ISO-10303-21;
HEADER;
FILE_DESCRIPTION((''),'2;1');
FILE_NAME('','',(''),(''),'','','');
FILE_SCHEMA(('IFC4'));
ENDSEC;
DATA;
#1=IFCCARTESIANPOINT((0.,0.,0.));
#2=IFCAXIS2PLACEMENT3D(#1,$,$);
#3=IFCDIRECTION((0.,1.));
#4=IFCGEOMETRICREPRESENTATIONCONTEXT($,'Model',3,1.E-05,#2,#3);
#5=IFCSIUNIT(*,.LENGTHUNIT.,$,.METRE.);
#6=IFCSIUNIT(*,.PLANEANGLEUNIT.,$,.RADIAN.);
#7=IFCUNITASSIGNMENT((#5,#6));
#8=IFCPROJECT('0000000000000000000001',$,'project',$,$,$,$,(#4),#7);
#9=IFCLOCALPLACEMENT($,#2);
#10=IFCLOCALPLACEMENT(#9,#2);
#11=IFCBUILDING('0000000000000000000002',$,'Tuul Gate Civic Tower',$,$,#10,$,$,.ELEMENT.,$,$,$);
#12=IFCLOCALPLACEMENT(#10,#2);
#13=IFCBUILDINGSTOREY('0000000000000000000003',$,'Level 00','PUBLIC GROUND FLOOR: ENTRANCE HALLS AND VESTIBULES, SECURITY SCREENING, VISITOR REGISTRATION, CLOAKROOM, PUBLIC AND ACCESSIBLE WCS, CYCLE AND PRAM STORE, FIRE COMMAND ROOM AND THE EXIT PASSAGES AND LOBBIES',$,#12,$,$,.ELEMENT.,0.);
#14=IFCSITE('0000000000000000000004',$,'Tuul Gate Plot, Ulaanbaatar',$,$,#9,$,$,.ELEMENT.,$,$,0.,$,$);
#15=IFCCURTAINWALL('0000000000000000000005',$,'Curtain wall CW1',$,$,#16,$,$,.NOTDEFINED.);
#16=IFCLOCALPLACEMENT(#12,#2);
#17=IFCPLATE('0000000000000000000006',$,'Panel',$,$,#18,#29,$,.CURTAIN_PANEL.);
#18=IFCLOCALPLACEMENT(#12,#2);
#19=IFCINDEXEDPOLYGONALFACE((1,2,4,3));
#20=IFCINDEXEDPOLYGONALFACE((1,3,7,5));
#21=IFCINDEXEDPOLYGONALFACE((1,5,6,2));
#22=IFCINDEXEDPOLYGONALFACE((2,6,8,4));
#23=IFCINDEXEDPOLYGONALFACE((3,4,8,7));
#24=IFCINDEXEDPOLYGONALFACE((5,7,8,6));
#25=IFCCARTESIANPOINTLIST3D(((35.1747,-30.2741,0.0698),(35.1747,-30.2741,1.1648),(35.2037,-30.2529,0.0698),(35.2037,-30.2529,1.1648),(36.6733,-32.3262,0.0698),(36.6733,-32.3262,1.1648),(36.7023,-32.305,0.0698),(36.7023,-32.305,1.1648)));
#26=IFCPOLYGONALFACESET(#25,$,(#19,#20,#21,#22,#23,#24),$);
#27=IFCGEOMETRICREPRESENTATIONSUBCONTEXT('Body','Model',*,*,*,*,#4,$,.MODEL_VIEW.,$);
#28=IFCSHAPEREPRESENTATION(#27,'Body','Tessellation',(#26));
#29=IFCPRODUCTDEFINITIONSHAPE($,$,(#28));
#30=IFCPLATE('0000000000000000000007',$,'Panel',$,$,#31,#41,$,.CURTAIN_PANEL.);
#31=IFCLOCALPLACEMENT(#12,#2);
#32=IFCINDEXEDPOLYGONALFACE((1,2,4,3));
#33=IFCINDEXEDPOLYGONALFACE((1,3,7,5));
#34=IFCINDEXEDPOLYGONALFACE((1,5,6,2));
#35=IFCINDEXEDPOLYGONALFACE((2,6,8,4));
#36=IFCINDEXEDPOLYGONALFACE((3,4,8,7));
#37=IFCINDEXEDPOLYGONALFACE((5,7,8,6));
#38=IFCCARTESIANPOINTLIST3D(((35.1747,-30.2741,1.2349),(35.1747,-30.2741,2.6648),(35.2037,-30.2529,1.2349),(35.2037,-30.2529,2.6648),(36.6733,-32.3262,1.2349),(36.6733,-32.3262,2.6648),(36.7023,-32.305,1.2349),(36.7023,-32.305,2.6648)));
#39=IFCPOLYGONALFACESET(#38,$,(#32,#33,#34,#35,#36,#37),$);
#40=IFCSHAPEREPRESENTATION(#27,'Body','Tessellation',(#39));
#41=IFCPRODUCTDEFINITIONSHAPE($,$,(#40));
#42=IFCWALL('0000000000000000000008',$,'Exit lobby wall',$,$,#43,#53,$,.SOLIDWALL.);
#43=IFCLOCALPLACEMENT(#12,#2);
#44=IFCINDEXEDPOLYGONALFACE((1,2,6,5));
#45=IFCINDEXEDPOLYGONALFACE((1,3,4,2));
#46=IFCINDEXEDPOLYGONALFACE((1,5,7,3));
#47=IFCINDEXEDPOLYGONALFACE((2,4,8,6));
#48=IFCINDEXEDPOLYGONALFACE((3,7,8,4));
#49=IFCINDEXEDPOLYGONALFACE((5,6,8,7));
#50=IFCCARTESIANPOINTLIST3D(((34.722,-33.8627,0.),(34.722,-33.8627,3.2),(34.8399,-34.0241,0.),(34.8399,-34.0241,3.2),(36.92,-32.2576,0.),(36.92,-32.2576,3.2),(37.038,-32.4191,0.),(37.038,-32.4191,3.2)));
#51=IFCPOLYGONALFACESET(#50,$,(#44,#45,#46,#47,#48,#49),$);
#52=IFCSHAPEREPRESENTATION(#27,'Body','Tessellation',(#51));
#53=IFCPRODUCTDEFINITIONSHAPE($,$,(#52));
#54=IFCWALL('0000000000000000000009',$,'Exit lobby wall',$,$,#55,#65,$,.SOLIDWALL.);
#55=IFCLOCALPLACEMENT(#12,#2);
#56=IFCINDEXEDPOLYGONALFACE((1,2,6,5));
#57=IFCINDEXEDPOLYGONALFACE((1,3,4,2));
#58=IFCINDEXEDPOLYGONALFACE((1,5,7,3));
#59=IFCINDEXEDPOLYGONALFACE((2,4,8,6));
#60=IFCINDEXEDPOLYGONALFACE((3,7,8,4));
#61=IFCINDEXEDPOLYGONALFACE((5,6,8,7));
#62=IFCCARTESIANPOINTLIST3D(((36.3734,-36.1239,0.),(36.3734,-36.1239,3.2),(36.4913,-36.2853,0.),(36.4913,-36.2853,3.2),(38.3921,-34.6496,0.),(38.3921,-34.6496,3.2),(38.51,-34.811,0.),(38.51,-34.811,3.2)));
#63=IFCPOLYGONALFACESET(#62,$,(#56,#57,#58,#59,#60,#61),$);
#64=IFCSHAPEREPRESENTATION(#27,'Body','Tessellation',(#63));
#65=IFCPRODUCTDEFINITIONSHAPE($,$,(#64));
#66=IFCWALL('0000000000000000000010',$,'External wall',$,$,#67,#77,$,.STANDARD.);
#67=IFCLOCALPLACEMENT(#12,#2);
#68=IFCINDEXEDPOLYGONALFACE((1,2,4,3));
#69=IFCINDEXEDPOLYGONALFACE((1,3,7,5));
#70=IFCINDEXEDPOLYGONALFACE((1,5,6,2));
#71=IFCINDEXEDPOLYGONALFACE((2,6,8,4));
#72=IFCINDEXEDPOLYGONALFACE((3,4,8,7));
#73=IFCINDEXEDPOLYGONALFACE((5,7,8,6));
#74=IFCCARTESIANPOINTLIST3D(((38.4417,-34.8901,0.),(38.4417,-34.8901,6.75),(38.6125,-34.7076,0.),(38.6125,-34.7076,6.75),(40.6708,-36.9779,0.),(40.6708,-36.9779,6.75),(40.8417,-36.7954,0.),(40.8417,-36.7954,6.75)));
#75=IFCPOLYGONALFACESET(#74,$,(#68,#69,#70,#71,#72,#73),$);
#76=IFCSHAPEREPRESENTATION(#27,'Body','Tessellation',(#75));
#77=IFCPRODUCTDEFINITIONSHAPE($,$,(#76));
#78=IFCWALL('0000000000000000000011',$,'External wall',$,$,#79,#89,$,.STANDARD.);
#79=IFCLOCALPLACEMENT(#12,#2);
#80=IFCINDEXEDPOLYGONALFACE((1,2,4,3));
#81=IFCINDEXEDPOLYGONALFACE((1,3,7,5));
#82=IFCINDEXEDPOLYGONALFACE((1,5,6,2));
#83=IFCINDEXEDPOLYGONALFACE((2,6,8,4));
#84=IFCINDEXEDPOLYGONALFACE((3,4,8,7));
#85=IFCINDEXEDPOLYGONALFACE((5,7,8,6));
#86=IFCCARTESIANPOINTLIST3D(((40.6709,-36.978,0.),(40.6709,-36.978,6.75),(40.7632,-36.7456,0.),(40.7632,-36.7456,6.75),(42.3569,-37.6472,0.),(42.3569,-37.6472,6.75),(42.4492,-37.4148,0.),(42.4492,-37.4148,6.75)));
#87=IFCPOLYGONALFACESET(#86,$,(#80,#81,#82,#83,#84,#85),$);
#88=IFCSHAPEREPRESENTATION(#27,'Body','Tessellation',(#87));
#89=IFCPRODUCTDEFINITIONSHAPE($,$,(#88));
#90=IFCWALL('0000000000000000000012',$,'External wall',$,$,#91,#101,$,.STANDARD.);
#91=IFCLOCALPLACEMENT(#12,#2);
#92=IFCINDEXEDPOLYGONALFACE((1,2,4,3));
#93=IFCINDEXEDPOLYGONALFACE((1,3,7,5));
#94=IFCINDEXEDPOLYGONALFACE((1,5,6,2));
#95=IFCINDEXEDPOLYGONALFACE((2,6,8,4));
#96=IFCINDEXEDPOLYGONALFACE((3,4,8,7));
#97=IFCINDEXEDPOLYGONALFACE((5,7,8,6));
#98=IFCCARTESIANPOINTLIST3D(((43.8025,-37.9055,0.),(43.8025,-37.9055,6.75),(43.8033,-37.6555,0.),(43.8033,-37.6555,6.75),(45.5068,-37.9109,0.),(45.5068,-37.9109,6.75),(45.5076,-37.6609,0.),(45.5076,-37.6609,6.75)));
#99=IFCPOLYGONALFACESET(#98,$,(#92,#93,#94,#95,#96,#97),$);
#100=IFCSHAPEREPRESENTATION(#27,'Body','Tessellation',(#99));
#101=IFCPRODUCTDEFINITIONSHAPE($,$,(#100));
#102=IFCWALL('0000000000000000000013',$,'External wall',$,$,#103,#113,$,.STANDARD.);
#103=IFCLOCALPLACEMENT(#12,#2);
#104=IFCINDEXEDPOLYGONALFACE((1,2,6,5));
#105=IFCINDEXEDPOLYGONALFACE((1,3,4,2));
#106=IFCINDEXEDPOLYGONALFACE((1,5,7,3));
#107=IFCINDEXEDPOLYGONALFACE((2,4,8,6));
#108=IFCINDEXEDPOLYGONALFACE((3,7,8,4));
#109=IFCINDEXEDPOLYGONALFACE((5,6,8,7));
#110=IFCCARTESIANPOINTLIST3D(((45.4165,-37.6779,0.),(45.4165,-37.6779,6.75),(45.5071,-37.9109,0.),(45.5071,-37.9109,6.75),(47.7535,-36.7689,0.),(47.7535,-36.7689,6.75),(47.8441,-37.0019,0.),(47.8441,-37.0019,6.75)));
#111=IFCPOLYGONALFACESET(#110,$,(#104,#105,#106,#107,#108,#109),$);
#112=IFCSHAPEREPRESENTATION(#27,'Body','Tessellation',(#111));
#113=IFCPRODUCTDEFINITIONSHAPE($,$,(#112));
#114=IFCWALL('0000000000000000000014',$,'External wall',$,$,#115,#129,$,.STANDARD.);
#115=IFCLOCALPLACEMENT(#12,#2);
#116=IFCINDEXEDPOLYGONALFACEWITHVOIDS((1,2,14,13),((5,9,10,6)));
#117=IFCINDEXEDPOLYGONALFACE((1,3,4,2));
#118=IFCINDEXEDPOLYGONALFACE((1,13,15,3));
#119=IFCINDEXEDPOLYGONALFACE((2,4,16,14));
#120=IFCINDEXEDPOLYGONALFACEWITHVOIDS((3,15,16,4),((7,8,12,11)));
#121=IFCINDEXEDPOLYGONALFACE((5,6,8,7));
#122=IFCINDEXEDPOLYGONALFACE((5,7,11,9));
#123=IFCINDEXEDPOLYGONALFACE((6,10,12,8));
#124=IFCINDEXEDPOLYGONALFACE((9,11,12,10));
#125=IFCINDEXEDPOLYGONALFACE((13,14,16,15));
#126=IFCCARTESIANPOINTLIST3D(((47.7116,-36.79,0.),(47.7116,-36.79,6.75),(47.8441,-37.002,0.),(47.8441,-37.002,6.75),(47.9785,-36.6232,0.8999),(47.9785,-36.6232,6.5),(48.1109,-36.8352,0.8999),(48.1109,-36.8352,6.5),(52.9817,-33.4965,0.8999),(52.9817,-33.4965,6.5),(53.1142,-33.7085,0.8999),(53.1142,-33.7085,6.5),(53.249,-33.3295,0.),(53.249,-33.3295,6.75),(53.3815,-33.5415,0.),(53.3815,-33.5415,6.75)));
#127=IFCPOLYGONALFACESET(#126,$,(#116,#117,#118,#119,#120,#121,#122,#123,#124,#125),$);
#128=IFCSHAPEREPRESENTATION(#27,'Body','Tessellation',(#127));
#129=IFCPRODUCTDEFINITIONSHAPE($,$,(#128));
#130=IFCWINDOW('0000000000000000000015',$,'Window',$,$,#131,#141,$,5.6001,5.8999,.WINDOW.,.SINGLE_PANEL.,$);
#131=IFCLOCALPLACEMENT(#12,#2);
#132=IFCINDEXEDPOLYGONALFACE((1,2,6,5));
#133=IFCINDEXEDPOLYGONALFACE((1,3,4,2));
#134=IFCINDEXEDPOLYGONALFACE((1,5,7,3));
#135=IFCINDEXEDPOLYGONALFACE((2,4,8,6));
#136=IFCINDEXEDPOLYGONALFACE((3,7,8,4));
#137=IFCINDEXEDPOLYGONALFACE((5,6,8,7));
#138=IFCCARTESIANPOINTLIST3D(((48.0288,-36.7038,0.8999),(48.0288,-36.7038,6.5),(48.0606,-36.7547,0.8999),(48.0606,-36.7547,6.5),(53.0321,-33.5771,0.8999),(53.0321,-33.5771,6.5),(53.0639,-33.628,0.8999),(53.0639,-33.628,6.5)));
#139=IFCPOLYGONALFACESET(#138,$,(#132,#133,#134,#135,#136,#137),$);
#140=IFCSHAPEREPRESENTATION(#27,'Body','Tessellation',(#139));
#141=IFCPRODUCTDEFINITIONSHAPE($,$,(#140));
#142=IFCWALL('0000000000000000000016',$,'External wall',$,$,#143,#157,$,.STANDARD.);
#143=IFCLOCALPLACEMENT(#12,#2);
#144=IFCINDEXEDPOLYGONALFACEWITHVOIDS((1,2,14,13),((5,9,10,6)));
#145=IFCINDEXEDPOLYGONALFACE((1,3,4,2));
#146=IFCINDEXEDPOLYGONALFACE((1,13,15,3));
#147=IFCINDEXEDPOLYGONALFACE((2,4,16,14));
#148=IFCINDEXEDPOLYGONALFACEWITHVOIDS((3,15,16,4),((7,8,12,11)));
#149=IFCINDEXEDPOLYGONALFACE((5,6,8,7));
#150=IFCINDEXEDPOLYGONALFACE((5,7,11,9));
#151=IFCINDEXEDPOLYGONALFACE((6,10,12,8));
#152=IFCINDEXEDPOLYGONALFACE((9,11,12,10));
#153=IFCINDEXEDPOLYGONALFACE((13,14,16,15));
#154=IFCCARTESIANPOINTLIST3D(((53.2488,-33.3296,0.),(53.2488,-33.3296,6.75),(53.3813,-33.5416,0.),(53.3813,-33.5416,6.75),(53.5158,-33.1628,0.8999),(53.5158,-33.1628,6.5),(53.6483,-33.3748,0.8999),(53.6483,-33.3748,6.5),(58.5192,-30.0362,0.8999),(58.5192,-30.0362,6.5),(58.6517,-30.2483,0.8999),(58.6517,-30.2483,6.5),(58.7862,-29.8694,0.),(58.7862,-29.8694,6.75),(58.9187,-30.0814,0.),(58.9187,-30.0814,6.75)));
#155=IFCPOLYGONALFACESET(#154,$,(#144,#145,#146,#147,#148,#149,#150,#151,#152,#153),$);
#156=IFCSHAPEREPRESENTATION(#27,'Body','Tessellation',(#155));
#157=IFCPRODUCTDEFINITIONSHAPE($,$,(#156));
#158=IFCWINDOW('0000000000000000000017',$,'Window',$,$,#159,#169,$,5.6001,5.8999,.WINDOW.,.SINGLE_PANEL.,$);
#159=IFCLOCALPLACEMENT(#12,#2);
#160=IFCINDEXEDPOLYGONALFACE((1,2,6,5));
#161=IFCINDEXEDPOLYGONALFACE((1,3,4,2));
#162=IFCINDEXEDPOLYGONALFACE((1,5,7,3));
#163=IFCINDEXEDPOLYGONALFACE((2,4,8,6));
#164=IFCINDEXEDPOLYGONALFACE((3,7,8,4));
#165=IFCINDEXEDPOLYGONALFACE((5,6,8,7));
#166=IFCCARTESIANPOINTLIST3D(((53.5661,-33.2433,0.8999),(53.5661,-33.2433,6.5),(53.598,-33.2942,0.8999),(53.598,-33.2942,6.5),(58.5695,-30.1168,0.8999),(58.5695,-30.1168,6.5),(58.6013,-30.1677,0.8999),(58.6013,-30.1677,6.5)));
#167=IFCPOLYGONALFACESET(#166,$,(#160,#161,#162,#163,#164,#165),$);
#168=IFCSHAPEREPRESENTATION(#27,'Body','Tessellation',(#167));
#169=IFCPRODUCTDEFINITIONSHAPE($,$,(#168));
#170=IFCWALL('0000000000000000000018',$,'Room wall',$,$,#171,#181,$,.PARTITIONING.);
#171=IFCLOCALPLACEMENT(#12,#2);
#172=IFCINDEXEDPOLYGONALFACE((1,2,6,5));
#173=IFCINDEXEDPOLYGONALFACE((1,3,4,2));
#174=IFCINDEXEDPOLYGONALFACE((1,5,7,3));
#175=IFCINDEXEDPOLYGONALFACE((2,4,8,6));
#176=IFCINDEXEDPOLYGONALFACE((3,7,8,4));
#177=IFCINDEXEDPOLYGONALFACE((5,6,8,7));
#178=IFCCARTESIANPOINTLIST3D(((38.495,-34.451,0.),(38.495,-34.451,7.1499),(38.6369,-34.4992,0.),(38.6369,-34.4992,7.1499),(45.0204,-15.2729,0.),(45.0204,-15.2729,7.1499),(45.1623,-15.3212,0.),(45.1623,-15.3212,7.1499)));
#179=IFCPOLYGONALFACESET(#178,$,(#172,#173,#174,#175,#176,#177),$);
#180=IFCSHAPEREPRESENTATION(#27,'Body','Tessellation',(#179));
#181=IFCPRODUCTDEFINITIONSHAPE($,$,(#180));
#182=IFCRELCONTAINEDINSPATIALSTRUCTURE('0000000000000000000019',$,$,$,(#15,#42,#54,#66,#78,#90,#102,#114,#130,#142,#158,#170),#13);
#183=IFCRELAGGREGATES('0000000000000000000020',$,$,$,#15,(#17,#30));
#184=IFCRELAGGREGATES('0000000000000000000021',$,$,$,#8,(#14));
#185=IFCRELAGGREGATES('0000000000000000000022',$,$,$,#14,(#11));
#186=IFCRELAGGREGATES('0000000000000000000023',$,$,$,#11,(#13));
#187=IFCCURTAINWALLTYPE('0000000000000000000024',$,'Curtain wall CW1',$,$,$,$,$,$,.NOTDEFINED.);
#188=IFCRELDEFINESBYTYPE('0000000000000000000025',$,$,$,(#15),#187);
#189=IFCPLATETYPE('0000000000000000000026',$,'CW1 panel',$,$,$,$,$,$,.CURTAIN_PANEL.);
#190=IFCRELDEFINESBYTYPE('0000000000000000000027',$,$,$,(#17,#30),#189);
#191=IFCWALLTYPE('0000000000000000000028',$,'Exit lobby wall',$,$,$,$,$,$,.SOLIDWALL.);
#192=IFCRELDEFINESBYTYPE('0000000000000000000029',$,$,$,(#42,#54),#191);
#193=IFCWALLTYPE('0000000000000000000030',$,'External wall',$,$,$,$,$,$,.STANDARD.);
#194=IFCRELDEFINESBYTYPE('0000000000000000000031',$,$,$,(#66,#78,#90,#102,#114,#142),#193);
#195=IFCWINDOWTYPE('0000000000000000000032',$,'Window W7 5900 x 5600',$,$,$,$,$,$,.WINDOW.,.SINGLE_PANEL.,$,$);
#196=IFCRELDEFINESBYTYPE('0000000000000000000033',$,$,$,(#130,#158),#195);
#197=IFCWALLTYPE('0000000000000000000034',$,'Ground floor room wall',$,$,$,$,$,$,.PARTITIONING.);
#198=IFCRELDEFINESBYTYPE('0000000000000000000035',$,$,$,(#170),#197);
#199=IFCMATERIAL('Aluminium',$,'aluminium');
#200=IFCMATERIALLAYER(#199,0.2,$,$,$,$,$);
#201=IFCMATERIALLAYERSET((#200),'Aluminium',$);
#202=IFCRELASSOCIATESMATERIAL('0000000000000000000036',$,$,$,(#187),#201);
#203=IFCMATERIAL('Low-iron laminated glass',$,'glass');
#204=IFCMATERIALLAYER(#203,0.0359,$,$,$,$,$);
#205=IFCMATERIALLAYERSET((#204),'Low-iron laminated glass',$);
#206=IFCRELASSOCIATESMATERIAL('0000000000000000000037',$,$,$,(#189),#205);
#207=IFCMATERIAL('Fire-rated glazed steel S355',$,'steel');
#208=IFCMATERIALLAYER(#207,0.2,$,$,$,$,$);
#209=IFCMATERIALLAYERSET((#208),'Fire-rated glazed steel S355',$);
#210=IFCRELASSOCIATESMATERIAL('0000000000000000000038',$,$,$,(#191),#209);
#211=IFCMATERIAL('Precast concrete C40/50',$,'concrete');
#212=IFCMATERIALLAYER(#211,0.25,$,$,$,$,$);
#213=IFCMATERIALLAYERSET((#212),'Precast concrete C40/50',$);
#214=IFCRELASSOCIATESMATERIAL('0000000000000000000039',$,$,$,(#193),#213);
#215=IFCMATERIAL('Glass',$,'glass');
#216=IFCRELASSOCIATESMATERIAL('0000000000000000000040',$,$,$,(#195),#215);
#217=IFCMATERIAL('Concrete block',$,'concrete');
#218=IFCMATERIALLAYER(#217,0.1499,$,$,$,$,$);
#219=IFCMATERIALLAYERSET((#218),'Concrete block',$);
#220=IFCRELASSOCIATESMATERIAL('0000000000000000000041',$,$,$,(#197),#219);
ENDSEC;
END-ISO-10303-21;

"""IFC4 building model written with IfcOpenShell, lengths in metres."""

from ifc_helpers import new_model, si_unit, direction, frame, frame_2d, origin, origin_2d, place, context, subcontext, project, spatial, rectangle, extrude, material, layer, layer_set, type_object, element, fill, aggregate, save


model = new_model("IFC4")

# Units and contexts
model_context = context("Model", 3, precision=1e-05, world=origin(), true_north=direction((0.0, 1.0)))
body_context = subcontext(model_context, "Body", "Model", "MODEL_VIEW")
ifc_project = project(units=[si_unit("LENGTHUNIT", "METRE"), si_unit("PLANEANGLEUNIT", "RADIAN")], contexts=[model_context])

# Site, building, storey
site_placement = place(None, origin())
site = spatial("IfcSite", under=ifc_project, at=site_placement, Name="Tuul Gate Plot, Ulaanbaatar", CompositionType="ELEMENT", RefElevation=0.0)
building_placement = place(site_placement, origin())
building = spatial("IfcBuilding", under=site, at=building_placement, Name="Tuul Gate Civic Tower", CompositionType="ELEMENT")
storey_placement = place(building_placement, origin())
storey = spatial("IfcBuildingStorey", under=building, at=storey_placement, Name="Level 00", Description="PUBLIC GROUND FLOOR: ENTRANCE HALLS AND VESTIBULES, SECURITY SCREENING, VISITOR REGISTRATION, CLOAKROOM, PUBLIC AND ACCESSIBLE WCS, CYCLE AND PRAM STORE, FIRE COMMAND ROOM AND THE EXIT PASSAGES AND LOBBIES", CompositionType="ELEMENT", Elevation=0.0)

# Curtain wall
ifc_material_1 = material(Name="Aluminium", Category="aluminium")
ifc_layer_1 = layer(ifc_material_1, 0.2)
ifc_layer_set_1 = layer_set([ifc_layer_1], Name="Aluminium")
curtain_wall_type = type_object("IfcCurtainWallType", Name="Curtain wall CW1", PredefinedType="NOTDEFINED", material=ifc_layer_set_1)
curtain_wall_placement = place(storey_placement, origin())
curtain_wall = element("IfcCurtainWall", 1, at=curtain_wall_placement, inside=storey, type_object=curtain_wall_type, Name="Curtain wall CW1", PredefinedType="NOTDEFINED")

# Plates
ifc_material_2 = material(Name="Low-iron laminated glass", Category="glass")
ifc_layer_2 = layer(ifc_material_2, 0.0359)
ifc_layer_set_2 = layer_set([ifc_layer_2], Name="Low-iron laminated glass")
plate_type = type_object("IfcPlateType", Name="CW1 panel", PredefinedType="CURTAIN_PANEL", material=ifc_layer_set_2)
plate_1_placement = place(storey_placement, frame((35.9385, -31.2896, 0.0698), z_axis=(0.0, 0.0, 1.0), x_axis=(0.589756, -0.807581, 0.0)))
plate_1 = element("IfcPlate", 2, at=plate_1_placement, type_object=plate_type, Name="Panel", PredefinedType="CURTAIN_PANEL", context=body_context, shape_type="SweptSolid", body=[
    extrude(rectangle(XDim=2.541, YDim=0.0359, at=origin_2d()), origin(), (0.0, 0.0, 1.0), 1.095),
])
plate_2_placement = place(storey_placement, frame((35.9385, -31.2896, 1.2349), z_axis=(0.0, 0.0, 1.0), x_axis=(0.589756, -0.807581, 0.0)))
plate_2 = element("IfcPlate", 3, at=plate_2_placement, type_object=plate_type, Name="Panel", PredefinedType="CURTAIN_PANEL", context=body_context, shape_type="SweptSolid", body=[
    extrude(rectangle(XDim=2.541, YDim=0.0359, at=origin_2d()), origin(), (0.0, 0.0, 1.0), 1.4299),
])
aggregate(curtain_wall, [plate_1, plate_2])

# Walls
ifc_material_3 = material(Name="Fire-rated glazed steel S355", Category="steel")
ifc_layer_3 = layer(ifc_material_3, 0.2)
ifc_layer_set_3 = layer_set([ifc_layer_3], Name="Fire-rated glazed steel S355")
wall_type_1 = type_object("IfcWallType", Name="Exit lobby wall", PredefinedType="SOLIDWALL", material=ifc_layer_set_3)
wall_1_placement = place(storey_placement, frame((36.979, -32.3384, 0.0), z_axis=(0.0, 0.0, 1.0), x_axis=(-0.80761, -0.589717, 0.0)))
element("IfcWall", 4, at=wall_1_placement, inside=storey, type_object=wall_type_1, Name="Exit lobby wall", PredefinedType="SOLIDWALL", context=body_context, shape_type="SweptSolid", body=[
    extrude(rectangle(XDim=2.7217, YDim=0.2, at=frame_2d((1.3608, 0.0))), origin(), (0.0, 0.0, 1.0), 3.2),
])
wall_2_placement = place(storey_placement, frame((38.4512, -34.7302, 0.0), z_axis=(0.0, 0.0, 1.0), x_axis=(-0.807565, -0.589779, 0.0)))
element("IfcWall", 5, at=wall_2_placement, inside=storey, type_object=wall_type_1, Name="Exit lobby wall", PredefinedType="SOLIDWALL", context=body_context, shape_type="SweptSolid", body=[
    extrude(rectangle(XDim=2.4998, YDim=0.2, at=frame_2d((1.25, 0.0))), origin(), (0.0, 0.0, 1.0), 3.2),
])

# Walls
ifc_material_4 = material(Name="Precast concrete C40/50", Category="concrete")
ifc_layer_4 = layer(ifc_material_4, 0.25)
ifc_layer_set_4 = layer_set([ifc_layer_4], Name="Precast concrete C40/50")
wall_type_2 = type_object("IfcWallType", Name="External wall", PredefinedType="STANDARD", material=ifc_layer_set_4)
wall_3_placement = place(storey_placement, frame((38.5271, -34.7988, 0.0), z_axis=(0.0, 0.0, 1.0), x_axis=(0.729869, -0.683587, 0.0)))
element("IfcWall", 6, at=wall_3_placement, inside=storey, type_object=wall_type_2, Name="External wall", PredefinedType="STANDARD", context=body_context, shape_type="SweptSolid", body=[
    extrude(rectangle(XDim=3.0542, YDim=0.25, at=frame_2d((1.5271, 0.0))), origin(), (0.0, 0.0, 1.0), 6.75),
])
wall_4_placement = place(storey_placement, frame((40.717, -36.8618, 0.0), z_axis=(0.0, 0.0, 1.0), x_axis=(0.929467, -0.368906, 0.0)))
element("IfcWall", 7, at=wall_4_placement, inside=storey, type_object=wall_type_2, Name="External wall", PredefinedType="STANDARD", context=body_context, shape_type="SweptSolid", body=[
    extrude(rectangle(XDim=1.814, YDim=0.25, at=frame_2d((0.907, 0.0))), origin(), (0.0, 0.0, 1.0), 6.75),
])
wall_5_placement = place(storey_placement, frame((43.803, -37.7805, 0.0), z_axis=(0.0, 0.0, 1.0), x_axis=(0.999995, -0.003151, 0.0)))
element("IfcWall", 8, at=wall_5_placement, inside=storey, type_object=wall_type_2, Name="External wall", PredefinedType="STANDARD", context=body_context, shape_type="SweptSolid", body=[
    extrude(rectangle(XDim=1.7043, YDim=0.25, at=frame_2d((0.8521, 0.0))), origin(), (0.0, 0.0, 1.0), 6.75),
])
wall_6_placement = place(storey_placement, frame((45.4617, -37.7944, 0.0), z_axis=(0.0, 0.0, 1.0), x_axis=(0.931986, 0.362493, 0.0)))
element("IfcWall", 9, at=wall_6_placement, inside=storey, type_object=wall_type_2, Name="External wall", PredefinedType="STANDARD", context=body_context, shape_type="SweptSolid", body=[
    extrude(rectangle(XDim=2.5076, YDim=0.25, at=frame_2d((1.2539, 0.0))), origin(), (0.0, 0.0, 1.0), 6.75),
])

# Walls, openings, windows
wall_7_placement = place(storey_placement, frame((47.7778, -36.896, 0.0), z_axis=(0.0, 0.0, 1.0), x_axis=(0.848026, 0.529955, 0.0)))
wall_7 = element("IfcWall", 10, at=wall_7_placement, inside=storey, type_object=wall_type_2, Name="External wall", PredefinedType="STANDARD", context=body_context, shape_type="SweptSolid", body=[
    extrude(rectangle(XDim=6.5298, YDim=0.25, at=frame_2d((3.2649, 0.0))), origin(), (0.0, 0.0, 1.0), 6.75),
])
opening_1_placement = place(wall_7_placement, frame((0.3147, 0.0, 0.8999)))
opening_1 = element("IfcOpeningElement", 11, at=opening_1_placement, cuts=wall_7, PredefinedType="OPENING", context=body_context, shape_type="SweptSolid", body=[
    extrude(rectangle(XDim=5.8999, YDim=5.6001, at=frame_2d((2.95, 2.8))), frame((0.0, 0.135, 0.0), z_axis=(0.0, -1.0, 0.0), x_axis=(1.0, 0.0, 0.0)), (0.0, 0.0, 1.0), 0.27),
])
ifc_material_5 = material(Name="Glass", Category="glass")
window_type = type_object("IfcWindowType", Name="Window W7 5900 x 5600", PartitioningType="SINGLE_PANEL", PredefinedType="WINDOW", material=ifc_material_5)
window_1_placement = place(opening_1_placement, origin())
window_1 = element("IfcWindow", 12, at=window_1_placement, inside=storey, type_object=window_type, Name="Window", OverallHeight=5.6001, OverallWidth=5.8999, PartitioningType="SINGLE_PANEL", PredefinedType="WINDOW", context=body_context, shape_type="SweptSolid", body=[
    extrude(rectangle(XDim=5.8999, YDim=5.6001, at=frame_2d((2.95, 2.8))), frame((0.0, 0.03, 0.0), z_axis=(0.0, -1.0, 0.0), x_axis=(1.0, 0.0, 0.0)), (0.0, 0.0, 1.0), 0.0601),
])
fill(opening_1, window_1)
wall_8_placement = place(storey_placement, frame((53.3152, -33.4355, 0.0), z_axis=(0.0, 0.0, 1.0), x_axis=(0.848042, 0.529928, 0.0)))
wall_8 = element("IfcWall", 13, at=wall_8_placement, inside=storey, type_object=wall_type_2, Name="External wall", PredefinedType="STANDARD", context=body_context, shape_type="SweptSolid", body=[
    extrude(rectangle(XDim=6.5295, YDim=0.25, at=frame_2d((3.2646, 0.0))), origin(), (0.0, 0.0, 1.0), 6.75),
])
opening_2_placement = place(wall_8_placement, frame((0.3147, 0.0, 0.8999)))
opening_2 = element("IfcOpeningElement", 14, at=opening_2_placement, cuts=wall_8, PredefinedType="OPENING", context=body_context, shape_type="SweptSolid", body=[
    extrude(rectangle(XDim=5.8999, YDim=5.6001, at=frame_2d((2.95, 2.8))), frame((0.0, 0.135, 0.0), z_axis=(0.0, -1.0, 0.0), x_axis=(1.0, 0.0, 0.0)), (0.0, 0.0, 1.0), 0.27),
])
window_2_placement = place(opening_2_placement, origin())
window_2 = element("IfcWindow", 15, at=window_2_placement, inside=storey, type_object=window_type, Name="Window", OverallHeight=5.6001, OverallWidth=5.8999, PartitioningType="SINGLE_PANEL", PredefinedType="WINDOW", context=body_context, shape_type="SweptSolid", body=[
    extrude(rectangle(XDim=5.8999, YDim=5.6001, at=frame_2d((2.95, 2.8))), frame((0.0, 0.03, 0.0), z_axis=(0.0, -1.0, 0.0), x_axis=(1.0, 0.0, 0.0)), (0.0, 0.0, 1.0), 0.0601),
])
fill(opening_2, window_2)

# Wall
ifc_material_6 = material(Name="Concrete block", Category="concrete")
ifc_layer_5 = layer(ifc_material_6, 0.1499)
ifc_layer_set_5 = layer_set([ifc_layer_5], Name="Concrete block")
wall_type_3 = type_object("IfcWallType", Name="Ground floor room wall", PredefinedType="PARTITIONING", material=ifc_layer_set_5)
wall_9_placement = place(storey_placement, frame((38.5659, -34.4751, 0.0), z_axis=(0.0, 0.0, 1.0), x_axis=(0.322119, 0.946699, 0.0)))
element("IfcWall", 16, at=wall_9_placement, inside=storey, type_object=wall_type_3, Name="Room wall", PredefinedType="PARTITIONING", context=body_context, shape_type="SweptSolid", body=[
    extrude(rectangle(XDim=20.2578, YDim=0.1499, at=frame_2d((10.1289, 0.0))), origin(), (0.0, 0.0, 1.0), 7.1499),
])

save(model, "model.ifc")
